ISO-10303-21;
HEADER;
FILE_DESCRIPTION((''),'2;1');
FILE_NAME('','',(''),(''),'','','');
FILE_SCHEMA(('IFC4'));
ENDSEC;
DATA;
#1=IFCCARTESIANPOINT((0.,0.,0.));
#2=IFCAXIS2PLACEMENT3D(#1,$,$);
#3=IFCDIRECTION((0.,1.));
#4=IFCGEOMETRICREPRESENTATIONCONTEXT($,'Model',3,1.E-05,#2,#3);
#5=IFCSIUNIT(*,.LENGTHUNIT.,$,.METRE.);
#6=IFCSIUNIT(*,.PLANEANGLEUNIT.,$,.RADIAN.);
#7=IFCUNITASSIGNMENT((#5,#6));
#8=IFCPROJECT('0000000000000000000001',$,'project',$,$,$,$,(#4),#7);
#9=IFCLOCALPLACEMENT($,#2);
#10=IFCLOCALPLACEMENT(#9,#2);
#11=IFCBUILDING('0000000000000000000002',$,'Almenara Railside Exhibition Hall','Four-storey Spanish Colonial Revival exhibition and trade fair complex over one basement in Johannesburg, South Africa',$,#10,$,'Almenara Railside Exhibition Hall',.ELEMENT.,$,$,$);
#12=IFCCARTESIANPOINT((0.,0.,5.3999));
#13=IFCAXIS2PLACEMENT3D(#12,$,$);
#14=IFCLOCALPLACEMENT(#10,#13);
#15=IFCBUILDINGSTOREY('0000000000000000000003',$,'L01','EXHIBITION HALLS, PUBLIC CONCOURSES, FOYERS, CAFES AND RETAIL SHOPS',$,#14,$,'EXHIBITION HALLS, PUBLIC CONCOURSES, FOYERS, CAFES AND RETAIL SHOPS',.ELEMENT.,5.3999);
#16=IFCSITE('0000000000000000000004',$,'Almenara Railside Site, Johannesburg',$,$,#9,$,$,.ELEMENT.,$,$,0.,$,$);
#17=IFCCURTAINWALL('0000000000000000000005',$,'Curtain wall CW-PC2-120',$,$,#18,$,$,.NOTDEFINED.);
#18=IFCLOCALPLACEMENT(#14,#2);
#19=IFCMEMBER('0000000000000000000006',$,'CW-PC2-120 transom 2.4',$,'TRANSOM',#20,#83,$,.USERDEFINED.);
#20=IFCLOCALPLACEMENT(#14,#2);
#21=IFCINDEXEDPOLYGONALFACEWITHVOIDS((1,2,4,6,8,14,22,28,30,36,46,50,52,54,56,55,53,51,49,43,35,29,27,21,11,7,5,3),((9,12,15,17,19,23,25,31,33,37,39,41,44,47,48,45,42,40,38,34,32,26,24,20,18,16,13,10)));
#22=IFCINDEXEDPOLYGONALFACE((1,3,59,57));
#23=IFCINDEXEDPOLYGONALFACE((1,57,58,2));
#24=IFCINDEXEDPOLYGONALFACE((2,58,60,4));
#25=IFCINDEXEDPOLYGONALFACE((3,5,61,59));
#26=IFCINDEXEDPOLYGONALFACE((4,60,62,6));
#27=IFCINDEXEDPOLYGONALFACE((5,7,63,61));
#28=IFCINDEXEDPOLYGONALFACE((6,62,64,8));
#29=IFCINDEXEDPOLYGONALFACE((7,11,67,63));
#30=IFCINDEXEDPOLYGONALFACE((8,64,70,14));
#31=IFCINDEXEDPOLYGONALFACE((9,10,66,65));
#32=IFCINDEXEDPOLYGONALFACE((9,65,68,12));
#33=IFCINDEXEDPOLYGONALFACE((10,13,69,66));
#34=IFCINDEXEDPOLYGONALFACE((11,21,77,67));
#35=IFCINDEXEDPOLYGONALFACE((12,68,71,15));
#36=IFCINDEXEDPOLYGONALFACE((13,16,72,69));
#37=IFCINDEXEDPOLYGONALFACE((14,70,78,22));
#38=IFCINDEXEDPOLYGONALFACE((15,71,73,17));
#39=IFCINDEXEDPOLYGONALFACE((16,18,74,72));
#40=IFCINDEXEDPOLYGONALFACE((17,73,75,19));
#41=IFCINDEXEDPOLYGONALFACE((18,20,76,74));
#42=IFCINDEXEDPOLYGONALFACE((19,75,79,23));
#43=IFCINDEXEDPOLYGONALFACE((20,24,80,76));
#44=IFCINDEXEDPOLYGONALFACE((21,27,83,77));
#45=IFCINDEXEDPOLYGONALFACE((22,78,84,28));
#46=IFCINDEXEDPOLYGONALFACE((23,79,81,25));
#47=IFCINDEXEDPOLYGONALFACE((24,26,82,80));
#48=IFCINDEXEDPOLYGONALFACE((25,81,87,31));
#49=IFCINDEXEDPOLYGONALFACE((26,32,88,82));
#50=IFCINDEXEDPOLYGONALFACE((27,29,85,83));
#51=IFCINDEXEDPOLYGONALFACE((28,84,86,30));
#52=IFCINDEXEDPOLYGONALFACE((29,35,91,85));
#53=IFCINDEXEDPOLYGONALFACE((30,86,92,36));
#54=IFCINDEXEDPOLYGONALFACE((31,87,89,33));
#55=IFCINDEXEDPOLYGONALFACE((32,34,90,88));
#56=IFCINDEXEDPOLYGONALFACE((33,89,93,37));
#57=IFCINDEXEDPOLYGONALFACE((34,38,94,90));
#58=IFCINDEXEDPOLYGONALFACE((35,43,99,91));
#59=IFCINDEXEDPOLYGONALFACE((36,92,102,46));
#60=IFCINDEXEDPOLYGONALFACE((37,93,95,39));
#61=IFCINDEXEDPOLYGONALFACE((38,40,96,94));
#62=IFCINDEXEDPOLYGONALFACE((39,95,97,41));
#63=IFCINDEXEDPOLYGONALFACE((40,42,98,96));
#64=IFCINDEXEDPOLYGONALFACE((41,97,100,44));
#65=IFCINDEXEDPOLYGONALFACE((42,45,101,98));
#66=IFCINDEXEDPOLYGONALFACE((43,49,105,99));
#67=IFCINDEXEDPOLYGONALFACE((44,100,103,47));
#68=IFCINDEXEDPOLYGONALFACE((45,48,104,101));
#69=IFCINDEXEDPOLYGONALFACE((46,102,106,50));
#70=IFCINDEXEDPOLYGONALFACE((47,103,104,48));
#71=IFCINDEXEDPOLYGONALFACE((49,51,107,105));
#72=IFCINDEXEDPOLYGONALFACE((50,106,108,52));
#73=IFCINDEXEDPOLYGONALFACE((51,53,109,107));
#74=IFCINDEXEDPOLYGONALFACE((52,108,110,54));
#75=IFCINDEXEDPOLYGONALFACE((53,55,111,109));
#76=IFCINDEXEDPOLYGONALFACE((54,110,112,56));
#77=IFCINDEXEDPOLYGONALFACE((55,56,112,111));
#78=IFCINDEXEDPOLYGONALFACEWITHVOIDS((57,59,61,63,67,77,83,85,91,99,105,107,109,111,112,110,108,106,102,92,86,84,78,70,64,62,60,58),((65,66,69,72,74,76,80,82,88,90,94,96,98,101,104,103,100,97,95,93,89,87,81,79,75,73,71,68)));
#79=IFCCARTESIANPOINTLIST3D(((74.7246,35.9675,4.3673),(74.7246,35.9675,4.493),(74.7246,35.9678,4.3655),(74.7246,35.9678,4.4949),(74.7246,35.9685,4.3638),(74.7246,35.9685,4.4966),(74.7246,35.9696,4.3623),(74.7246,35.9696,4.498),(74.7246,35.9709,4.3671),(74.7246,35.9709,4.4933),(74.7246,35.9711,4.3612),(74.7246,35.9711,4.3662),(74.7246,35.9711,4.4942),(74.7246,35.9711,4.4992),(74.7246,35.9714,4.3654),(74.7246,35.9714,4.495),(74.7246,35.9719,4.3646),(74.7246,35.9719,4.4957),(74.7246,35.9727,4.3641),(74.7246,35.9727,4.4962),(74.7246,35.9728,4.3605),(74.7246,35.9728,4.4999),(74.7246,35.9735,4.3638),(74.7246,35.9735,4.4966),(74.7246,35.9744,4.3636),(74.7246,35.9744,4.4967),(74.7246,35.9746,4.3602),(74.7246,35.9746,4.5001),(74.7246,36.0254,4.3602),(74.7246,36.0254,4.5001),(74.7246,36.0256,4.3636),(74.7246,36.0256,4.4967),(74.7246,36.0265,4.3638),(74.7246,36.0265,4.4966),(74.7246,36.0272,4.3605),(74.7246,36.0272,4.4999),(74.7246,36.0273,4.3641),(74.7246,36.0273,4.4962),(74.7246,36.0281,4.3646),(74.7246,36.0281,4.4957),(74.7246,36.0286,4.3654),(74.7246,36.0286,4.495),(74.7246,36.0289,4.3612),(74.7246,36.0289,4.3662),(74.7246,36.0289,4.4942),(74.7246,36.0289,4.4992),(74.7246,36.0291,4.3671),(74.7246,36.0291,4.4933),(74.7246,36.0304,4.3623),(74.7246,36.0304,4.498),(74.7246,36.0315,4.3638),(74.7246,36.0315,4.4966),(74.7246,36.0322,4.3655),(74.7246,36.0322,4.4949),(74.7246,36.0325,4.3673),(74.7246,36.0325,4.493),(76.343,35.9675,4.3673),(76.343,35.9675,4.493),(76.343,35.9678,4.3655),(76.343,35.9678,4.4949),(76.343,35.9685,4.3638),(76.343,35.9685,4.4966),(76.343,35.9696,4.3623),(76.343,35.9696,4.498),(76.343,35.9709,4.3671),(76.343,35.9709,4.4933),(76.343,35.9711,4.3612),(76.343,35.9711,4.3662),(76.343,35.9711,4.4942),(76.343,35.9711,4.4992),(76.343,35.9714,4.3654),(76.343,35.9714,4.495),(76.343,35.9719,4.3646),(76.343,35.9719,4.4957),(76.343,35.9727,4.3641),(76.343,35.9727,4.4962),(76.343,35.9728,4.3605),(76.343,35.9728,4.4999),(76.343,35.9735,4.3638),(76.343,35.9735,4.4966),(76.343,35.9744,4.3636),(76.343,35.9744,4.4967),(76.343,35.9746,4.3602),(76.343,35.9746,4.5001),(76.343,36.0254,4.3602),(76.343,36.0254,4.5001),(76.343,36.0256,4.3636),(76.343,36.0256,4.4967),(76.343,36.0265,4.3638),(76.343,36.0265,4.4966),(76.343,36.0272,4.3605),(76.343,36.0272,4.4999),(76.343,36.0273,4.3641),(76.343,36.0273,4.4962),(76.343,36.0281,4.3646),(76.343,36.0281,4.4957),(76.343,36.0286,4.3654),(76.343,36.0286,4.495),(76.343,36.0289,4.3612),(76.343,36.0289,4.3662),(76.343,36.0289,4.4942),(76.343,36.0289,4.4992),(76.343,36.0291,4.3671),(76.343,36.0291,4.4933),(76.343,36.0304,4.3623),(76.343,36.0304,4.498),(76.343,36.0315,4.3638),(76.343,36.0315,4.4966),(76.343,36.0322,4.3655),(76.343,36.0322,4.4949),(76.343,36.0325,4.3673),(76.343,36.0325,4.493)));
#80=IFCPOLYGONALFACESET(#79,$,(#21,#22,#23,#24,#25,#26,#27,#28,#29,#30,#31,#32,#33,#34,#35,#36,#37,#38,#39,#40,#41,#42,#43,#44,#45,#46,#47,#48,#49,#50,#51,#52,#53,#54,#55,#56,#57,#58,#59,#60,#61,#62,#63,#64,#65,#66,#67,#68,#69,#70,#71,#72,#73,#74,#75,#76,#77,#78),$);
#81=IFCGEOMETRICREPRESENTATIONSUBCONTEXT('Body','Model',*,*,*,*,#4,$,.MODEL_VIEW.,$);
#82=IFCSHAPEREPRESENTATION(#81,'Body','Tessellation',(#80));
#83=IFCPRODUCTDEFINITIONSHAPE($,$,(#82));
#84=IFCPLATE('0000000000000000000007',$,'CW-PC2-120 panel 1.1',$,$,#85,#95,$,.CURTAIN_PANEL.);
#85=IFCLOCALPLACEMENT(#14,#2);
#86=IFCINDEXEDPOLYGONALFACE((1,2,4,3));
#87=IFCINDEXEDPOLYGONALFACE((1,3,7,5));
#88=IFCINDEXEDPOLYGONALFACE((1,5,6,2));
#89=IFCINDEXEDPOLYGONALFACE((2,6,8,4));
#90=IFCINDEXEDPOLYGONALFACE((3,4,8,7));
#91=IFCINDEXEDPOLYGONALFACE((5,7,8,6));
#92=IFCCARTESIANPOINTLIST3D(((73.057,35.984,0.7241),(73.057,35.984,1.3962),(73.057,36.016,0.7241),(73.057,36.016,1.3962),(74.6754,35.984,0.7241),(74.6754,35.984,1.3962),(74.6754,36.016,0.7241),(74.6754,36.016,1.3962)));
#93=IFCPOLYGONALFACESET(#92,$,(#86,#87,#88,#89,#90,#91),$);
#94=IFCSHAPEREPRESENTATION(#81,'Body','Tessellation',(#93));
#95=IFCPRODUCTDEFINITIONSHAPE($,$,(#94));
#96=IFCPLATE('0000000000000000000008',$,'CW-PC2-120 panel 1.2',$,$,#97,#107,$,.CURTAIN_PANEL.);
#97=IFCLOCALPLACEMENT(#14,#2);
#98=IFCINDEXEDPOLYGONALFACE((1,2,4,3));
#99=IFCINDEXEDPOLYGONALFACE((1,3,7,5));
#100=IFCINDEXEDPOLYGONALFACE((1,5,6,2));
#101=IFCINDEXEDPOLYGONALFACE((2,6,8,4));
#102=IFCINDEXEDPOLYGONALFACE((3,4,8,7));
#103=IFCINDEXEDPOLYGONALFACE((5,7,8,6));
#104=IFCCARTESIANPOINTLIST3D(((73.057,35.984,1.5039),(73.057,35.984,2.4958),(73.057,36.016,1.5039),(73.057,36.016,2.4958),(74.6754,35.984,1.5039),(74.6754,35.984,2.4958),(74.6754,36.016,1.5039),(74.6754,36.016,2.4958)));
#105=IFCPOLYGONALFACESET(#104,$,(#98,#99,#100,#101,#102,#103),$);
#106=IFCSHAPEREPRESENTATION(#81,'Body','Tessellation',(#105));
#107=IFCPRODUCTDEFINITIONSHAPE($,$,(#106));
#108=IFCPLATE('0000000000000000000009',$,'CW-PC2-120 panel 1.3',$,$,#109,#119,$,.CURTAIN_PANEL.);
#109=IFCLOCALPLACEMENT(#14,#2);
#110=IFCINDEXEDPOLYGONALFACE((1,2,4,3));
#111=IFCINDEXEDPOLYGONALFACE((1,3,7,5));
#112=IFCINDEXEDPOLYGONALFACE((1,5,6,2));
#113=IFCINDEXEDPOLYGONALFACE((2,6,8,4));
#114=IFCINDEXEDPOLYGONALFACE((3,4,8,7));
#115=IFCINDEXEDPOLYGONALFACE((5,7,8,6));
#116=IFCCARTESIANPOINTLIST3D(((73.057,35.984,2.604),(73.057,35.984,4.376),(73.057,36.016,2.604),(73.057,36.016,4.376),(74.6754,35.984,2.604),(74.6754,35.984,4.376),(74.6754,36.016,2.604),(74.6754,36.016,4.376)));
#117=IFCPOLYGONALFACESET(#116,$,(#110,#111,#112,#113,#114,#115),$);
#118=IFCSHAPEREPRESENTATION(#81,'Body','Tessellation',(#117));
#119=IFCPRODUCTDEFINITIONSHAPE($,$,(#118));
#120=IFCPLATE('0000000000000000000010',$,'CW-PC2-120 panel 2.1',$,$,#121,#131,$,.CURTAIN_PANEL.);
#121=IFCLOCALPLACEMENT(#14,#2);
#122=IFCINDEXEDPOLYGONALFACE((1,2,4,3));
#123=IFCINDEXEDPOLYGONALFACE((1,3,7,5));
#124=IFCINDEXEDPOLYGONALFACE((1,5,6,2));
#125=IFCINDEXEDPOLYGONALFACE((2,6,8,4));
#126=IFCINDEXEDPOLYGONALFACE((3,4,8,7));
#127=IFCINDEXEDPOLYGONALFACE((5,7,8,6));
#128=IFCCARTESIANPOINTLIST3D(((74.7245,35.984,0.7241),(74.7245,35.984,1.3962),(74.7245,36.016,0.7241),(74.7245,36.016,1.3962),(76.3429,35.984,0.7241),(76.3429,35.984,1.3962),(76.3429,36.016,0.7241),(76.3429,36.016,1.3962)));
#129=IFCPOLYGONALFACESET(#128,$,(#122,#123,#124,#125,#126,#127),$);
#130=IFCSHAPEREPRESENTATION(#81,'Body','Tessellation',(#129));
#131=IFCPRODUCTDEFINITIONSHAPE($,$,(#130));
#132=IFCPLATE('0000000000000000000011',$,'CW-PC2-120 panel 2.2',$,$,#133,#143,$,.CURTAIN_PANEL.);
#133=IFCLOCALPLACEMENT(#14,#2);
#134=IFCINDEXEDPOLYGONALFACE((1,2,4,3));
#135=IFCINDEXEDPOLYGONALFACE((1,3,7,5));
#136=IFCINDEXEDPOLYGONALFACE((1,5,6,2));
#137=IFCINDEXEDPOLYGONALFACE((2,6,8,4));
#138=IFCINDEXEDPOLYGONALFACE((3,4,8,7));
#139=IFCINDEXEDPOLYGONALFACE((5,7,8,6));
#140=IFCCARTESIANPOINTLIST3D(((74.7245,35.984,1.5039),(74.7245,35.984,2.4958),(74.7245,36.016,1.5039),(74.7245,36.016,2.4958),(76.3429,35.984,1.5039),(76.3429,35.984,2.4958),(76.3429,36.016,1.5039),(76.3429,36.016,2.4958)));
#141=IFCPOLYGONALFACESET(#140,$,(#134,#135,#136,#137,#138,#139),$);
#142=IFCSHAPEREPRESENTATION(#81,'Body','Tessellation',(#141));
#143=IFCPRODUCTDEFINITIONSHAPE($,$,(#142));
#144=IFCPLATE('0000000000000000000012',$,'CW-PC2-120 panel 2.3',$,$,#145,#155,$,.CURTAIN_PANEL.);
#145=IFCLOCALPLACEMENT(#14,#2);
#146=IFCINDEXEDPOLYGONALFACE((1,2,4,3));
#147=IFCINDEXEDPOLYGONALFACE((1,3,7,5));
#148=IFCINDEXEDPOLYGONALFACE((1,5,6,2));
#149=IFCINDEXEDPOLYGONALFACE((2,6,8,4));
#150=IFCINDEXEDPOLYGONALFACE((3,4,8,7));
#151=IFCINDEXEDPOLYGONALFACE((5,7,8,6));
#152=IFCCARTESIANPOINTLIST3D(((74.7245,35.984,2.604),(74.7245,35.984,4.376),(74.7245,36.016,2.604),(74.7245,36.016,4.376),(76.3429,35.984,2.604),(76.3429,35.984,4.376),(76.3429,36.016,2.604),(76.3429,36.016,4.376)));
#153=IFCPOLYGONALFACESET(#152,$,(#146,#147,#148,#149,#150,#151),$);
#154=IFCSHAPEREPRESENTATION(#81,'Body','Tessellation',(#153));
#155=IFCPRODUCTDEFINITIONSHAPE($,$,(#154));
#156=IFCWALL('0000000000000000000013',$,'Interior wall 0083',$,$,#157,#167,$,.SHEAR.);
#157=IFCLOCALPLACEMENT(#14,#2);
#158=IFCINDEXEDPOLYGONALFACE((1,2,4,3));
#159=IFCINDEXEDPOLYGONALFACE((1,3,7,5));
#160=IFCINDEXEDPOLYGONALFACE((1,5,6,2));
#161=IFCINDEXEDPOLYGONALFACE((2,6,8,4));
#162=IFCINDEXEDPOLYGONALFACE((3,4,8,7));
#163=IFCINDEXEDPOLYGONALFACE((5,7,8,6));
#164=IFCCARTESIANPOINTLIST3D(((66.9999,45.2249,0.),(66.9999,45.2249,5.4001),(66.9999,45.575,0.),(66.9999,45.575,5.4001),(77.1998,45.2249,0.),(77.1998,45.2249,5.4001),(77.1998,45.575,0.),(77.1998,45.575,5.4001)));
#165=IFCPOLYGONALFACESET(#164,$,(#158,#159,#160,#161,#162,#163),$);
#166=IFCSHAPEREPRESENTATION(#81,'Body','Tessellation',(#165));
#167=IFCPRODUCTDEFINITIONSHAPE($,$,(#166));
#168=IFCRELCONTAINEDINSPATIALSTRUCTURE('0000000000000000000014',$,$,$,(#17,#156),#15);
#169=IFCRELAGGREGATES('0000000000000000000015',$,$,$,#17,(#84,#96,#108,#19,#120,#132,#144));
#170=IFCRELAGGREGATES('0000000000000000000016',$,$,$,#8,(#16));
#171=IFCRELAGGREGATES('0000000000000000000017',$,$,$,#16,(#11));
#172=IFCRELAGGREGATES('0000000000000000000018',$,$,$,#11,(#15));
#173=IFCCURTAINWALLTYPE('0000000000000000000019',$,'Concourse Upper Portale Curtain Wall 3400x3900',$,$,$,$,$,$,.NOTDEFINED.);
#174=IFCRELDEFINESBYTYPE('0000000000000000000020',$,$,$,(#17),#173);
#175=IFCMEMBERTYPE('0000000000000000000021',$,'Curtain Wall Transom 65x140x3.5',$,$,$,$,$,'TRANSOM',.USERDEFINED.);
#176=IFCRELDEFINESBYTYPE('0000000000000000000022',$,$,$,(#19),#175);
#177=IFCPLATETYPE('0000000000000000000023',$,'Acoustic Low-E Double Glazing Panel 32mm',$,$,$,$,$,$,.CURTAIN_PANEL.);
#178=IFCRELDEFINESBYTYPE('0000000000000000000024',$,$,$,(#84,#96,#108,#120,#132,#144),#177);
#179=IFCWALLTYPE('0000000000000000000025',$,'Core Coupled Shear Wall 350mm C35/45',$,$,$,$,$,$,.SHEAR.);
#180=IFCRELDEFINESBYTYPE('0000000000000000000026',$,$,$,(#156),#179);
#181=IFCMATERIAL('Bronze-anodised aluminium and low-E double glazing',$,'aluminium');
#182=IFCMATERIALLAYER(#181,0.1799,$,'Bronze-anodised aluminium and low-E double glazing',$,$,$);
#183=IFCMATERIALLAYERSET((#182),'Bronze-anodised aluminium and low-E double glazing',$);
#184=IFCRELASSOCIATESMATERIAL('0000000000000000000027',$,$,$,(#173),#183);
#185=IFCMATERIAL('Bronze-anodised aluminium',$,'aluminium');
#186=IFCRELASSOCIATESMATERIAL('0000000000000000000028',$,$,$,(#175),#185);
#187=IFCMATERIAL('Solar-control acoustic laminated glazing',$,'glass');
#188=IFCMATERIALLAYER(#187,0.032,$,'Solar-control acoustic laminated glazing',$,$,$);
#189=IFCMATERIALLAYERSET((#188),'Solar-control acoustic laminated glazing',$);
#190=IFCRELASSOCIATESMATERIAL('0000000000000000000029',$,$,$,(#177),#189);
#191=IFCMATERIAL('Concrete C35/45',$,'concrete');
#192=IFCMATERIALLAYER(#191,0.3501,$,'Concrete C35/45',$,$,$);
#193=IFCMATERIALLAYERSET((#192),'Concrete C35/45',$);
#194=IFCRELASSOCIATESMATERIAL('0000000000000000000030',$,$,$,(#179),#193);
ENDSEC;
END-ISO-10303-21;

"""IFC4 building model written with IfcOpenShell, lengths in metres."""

from ifc_helpers import new_model, si_unit, direction, frame, frame_2d, origin, origin_2d, place, context, subcontext, project, spatial, rectangle, hollow_rectangle, extrude, material, layer, layer_set, material_profile, profile_set, type_object, element, aggregate, save


model = new_model("IFC4")

# Units and contexts
model_context = context("Model", 3, precision=1e-05, world=origin(), true_north=direction((0.0, 1.0)))
body_context = subcontext(model_context, "Body", "Model", "MODEL_VIEW")
ifc_project = project(units=[si_unit("LENGTHUNIT", "METRE"), si_unit("PLANEANGLEUNIT", "RADIAN")], contexts=[model_context])

# Site, building, storey
site_placement = place(None, origin())
site = spatial("IfcSite", under=ifc_project, at=site_placement, Name="Almenara Railside Site, Johannesburg", CompositionType="ELEMENT", RefElevation=0.0)
building_placement = place(site_placement, origin())
building = spatial("IfcBuilding", under=site, at=building_placement, Name="Almenara Railside Exhibition Hall", Description="Four-storey Spanish Colonial Revival exhibition and trade fair complex over one basement in Johannesburg, South Africa", LongName="Almenara Railside Exhibition Hall", CompositionType="ELEMENT")
storey_placement = place(building_placement, frame((0.0, 0.0, 5.3999)))
storey = spatial("IfcBuildingStorey", under=building, at=storey_placement, Name="L01", Description="EXHIBITION HALLS, PUBLIC CONCOURSES, FOYERS, CAFES AND RETAIL SHOPS", LongName="EXHIBITION HALLS, PUBLIC CONCOURSES, FOYERS, CAFES AND RETAIL SHOPS", CompositionType="ELEMENT", Elevation=5.3999)

# Shared definitions
ifc_material_1 = material(Name="Bronze-anodised aluminium and low-E double glazing", Category="aluminium")
ifc_material_2 = material(Name="Bronze-anodised aluminium", Category="aluminium")

# Curtain wall
ifc_layer_1 = layer(ifc_material_1, 0.1799, Name="Bronze-anodised aluminium and low-E double glazing")
ifc_layer_set_1 = layer_set([ifc_layer_1], Name="Bronze-anodised aluminium and low-E double glazing")
curtain_wall_type_1 = type_object("IfcCurtainWallType", Name="Concourse Upper Portale Curtain Wall 3400x3900", PredefinedType="NOTDEFINED", material=ifc_layer_set_1)
curtain_wall_1_placement = place(storey_placement, origin())
curtain_wall_1 = element("IfcCurtainWall", 1, at=curtain_wall_1_placement, inside=storey, type_object=curtain_wall_type_1, Name="Curtain wall CW-PC2-120", PredefinedType="NOTDEFINED")

# Member
ifc_material_profile_1 = material_profile(ifc_material_2, hollow_rectangle(XDim=0.0649, YDim=0.1399, WallThickness=0.0034, InnerFilletRadius=0.0034, OuterFilletRadius=0.0071, at=origin_2d()), Name="ALU-TRN 65x140x3.5")
ifc_profile_set_1 = profile_set([ifc_material_profile_1], Name="Bronze-anodised aluminium")
member_type_1 = type_object("IfcMemberType", Name="Curtain Wall Transom 65x140x3.5", ElementType="TRANSOM", PredefinedType="USERDEFINED", material=ifc_profile_set_1)
member_1_placement = place(storey_placement, frame((74.7246, 36.0, 4.4302), z_axis=(1.0, 0.0, 0.0), x_axis=(0.0, 1.0, 0.0)))
member_1 = element("IfcMember", 2, at=member_1_placement, type_object=member_type_1, Name="CW-PC2-120 transom 2.4", ObjectType="TRANSOM", PredefinedType="USERDEFINED", context=body_context, shape_type="SweptSolid", body=[
    extrude(hollow_rectangle(XDim=0.0649, YDim=0.1399, WallThickness=0.0034, InnerFilletRadius=0.0034, OuterFilletRadius=0.0071, at=origin_2d()), origin(), (0.0, 0.0, 1.0), 1.6184),
])

# Plates
ifc_material_3 = material(Name="Solar-control acoustic laminated glazing", Category="glass")
ifc_layer_2 = layer(ifc_material_3, 0.032, Name="Solar-control acoustic laminated glazing")
ifc_layer_set_2 = layer_set([ifc_layer_2], Name="Solar-control acoustic laminated glazing")
plate_type = type_object("IfcPlateType", Name="Acoustic Low-E Double Glazing Panel 32mm", PredefinedType="CURTAIN_PANEL", material=ifc_layer_set_2)
plate_1_placement = place(storey_placement, frame((73.8662, 36.0, 0.7241), z_axis=(0.0, 0.0, 1.0), x_axis=(1.0, 0.0, 0.0)))
plate_1 = element("IfcPlate", 3, at=plate_1_placement, type_object=plate_type, Name="CW-PC2-120 panel 1.1", PredefinedType="CURTAIN_PANEL", context=body_context, shape_type="SweptSolid", body=[
    extrude(rectangle(XDim=1.6184, YDim=0.032, at=origin_2d()), origin(), (0.0, 0.0, 1.0), 0.6721),
])
plate_2_placement = place(storey_placement, frame((73.8662, 36.0, 1.5039), z_axis=(0.0, 0.0, 1.0), x_axis=(1.0, 0.0, 0.0)))
plate_2 = element("IfcPlate", 4, at=plate_2_placement, type_object=plate_type, Name="CW-PC2-120 panel 1.2", PredefinedType="CURTAIN_PANEL", context=body_context, shape_type="SweptSolid", body=[
    extrude(rectangle(XDim=1.6184, YDim=0.032, at=origin_2d()), origin(), (0.0, 0.0, 1.0), 0.9919),
])
plate_3_placement = place(storey_placement, frame((73.8662, 36.0, 2.604), z_axis=(0.0, 0.0, 1.0), x_axis=(1.0, 0.0, 0.0)))
plate_3 = element("IfcPlate", 5, at=plate_3_placement, type_object=plate_type, Name="CW-PC2-120 panel 1.3", PredefinedType="CURTAIN_PANEL", context=body_context, shape_type="SweptSolid", body=[
    extrude(rectangle(XDim=1.6184, YDim=0.032, at=origin_2d()), origin(), (0.0, 0.0, 1.0), 1.772),
])
plate_4_placement = place(storey_placement, frame((75.5337, 36.0, 0.7241), z_axis=(0.0, 0.0, 1.0), x_axis=(1.0, 0.0, 0.0)))
plate_4 = element("IfcPlate", 6, at=plate_4_placement, type_object=plate_type, Name="CW-PC2-120 panel 2.1", PredefinedType="CURTAIN_PANEL", context=body_context, shape_type="SweptSolid", body=[
    extrude(rectangle(XDim=1.6184, YDim=0.032, at=origin_2d()), origin(), (0.0, 0.0, 1.0), 0.6721),
])
plate_5_placement = place(storey_placement, frame((75.5337, 36.0, 1.5039), z_axis=(0.0, 0.0, 1.0), x_axis=(1.0, 0.0, 0.0)))
plate_5 = element("IfcPlate", 7, at=plate_5_placement, type_object=plate_type, Name="CW-PC2-120 panel 2.2", PredefinedType="CURTAIN_PANEL", context=body_context, shape_type="SweptSolid", body=[
    extrude(rectangle(XDim=1.6184, YDim=0.032, at=origin_2d()), origin(), (0.0, 0.0, 1.0), 0.9919),
])
plate_6_placement = place(storey_placement, frame((75.5337, 36.0, 2.604), z_axis=(0.0, 0.0, 1.0), x_axis=(1.0, 0.0, 0.0)))
plate_6 = element("IfcPlate", 8, at=plate_6_placement, type_object=plate_type, Name="CW-PC2-120 panel 2.3", PredefinedType="CURTAIN_PANEL", context=body_context, shape_type="SweptSolid", body=[
    extrude(rectangle(XDim=1.6184, YDim=0.032, at=origin_2d()), origin(), (0.0, 0.0, 1.0), 1.772),
])
aggregate(curtain_wall_1, [plate_1, plate_2, plate_3, member_1, plate_4, plate_5, plate_6])

# Wall
ifc_material_4 = material(Name="Concrete C35/45", Category="concrete")
ifc_layer_3 = layer(ifc_material_4, 0.3501, Name="Concrete C35/45")
ifc_layer_set_3 = layer_set([ifc_layer_3], Name="Concrete C35/45")
wall_type_1 = type_object("IfcWallType", Name="Core Coupled Shear Wall 350mm C35/45", PredefinedType="SHEAR", material=ifc_layer_set_3)
wall_1_placement = place(storey_placement, frame((77.2, 45.3999, 0.0), z_axis=(0.0, 0.0, 1.0), x_axis=(-1.0, 0.0, 0.0)))
element("IfcWall", 9, at=wall_1_placement, inside=storey, type_object=wall_type_1, Name="Interior wall 0083", PredefinedType="SHEAR", context=body_context, shape_type="SweptSolid", body=[
    extrude(rectangle(XDim=10.2, YDim=0.3501, at=frame_2d((5.1001, 0.0))), origin(), (0.0, 0.0, 1.0), 5.4001),
])

save(model, "model.ifc")
